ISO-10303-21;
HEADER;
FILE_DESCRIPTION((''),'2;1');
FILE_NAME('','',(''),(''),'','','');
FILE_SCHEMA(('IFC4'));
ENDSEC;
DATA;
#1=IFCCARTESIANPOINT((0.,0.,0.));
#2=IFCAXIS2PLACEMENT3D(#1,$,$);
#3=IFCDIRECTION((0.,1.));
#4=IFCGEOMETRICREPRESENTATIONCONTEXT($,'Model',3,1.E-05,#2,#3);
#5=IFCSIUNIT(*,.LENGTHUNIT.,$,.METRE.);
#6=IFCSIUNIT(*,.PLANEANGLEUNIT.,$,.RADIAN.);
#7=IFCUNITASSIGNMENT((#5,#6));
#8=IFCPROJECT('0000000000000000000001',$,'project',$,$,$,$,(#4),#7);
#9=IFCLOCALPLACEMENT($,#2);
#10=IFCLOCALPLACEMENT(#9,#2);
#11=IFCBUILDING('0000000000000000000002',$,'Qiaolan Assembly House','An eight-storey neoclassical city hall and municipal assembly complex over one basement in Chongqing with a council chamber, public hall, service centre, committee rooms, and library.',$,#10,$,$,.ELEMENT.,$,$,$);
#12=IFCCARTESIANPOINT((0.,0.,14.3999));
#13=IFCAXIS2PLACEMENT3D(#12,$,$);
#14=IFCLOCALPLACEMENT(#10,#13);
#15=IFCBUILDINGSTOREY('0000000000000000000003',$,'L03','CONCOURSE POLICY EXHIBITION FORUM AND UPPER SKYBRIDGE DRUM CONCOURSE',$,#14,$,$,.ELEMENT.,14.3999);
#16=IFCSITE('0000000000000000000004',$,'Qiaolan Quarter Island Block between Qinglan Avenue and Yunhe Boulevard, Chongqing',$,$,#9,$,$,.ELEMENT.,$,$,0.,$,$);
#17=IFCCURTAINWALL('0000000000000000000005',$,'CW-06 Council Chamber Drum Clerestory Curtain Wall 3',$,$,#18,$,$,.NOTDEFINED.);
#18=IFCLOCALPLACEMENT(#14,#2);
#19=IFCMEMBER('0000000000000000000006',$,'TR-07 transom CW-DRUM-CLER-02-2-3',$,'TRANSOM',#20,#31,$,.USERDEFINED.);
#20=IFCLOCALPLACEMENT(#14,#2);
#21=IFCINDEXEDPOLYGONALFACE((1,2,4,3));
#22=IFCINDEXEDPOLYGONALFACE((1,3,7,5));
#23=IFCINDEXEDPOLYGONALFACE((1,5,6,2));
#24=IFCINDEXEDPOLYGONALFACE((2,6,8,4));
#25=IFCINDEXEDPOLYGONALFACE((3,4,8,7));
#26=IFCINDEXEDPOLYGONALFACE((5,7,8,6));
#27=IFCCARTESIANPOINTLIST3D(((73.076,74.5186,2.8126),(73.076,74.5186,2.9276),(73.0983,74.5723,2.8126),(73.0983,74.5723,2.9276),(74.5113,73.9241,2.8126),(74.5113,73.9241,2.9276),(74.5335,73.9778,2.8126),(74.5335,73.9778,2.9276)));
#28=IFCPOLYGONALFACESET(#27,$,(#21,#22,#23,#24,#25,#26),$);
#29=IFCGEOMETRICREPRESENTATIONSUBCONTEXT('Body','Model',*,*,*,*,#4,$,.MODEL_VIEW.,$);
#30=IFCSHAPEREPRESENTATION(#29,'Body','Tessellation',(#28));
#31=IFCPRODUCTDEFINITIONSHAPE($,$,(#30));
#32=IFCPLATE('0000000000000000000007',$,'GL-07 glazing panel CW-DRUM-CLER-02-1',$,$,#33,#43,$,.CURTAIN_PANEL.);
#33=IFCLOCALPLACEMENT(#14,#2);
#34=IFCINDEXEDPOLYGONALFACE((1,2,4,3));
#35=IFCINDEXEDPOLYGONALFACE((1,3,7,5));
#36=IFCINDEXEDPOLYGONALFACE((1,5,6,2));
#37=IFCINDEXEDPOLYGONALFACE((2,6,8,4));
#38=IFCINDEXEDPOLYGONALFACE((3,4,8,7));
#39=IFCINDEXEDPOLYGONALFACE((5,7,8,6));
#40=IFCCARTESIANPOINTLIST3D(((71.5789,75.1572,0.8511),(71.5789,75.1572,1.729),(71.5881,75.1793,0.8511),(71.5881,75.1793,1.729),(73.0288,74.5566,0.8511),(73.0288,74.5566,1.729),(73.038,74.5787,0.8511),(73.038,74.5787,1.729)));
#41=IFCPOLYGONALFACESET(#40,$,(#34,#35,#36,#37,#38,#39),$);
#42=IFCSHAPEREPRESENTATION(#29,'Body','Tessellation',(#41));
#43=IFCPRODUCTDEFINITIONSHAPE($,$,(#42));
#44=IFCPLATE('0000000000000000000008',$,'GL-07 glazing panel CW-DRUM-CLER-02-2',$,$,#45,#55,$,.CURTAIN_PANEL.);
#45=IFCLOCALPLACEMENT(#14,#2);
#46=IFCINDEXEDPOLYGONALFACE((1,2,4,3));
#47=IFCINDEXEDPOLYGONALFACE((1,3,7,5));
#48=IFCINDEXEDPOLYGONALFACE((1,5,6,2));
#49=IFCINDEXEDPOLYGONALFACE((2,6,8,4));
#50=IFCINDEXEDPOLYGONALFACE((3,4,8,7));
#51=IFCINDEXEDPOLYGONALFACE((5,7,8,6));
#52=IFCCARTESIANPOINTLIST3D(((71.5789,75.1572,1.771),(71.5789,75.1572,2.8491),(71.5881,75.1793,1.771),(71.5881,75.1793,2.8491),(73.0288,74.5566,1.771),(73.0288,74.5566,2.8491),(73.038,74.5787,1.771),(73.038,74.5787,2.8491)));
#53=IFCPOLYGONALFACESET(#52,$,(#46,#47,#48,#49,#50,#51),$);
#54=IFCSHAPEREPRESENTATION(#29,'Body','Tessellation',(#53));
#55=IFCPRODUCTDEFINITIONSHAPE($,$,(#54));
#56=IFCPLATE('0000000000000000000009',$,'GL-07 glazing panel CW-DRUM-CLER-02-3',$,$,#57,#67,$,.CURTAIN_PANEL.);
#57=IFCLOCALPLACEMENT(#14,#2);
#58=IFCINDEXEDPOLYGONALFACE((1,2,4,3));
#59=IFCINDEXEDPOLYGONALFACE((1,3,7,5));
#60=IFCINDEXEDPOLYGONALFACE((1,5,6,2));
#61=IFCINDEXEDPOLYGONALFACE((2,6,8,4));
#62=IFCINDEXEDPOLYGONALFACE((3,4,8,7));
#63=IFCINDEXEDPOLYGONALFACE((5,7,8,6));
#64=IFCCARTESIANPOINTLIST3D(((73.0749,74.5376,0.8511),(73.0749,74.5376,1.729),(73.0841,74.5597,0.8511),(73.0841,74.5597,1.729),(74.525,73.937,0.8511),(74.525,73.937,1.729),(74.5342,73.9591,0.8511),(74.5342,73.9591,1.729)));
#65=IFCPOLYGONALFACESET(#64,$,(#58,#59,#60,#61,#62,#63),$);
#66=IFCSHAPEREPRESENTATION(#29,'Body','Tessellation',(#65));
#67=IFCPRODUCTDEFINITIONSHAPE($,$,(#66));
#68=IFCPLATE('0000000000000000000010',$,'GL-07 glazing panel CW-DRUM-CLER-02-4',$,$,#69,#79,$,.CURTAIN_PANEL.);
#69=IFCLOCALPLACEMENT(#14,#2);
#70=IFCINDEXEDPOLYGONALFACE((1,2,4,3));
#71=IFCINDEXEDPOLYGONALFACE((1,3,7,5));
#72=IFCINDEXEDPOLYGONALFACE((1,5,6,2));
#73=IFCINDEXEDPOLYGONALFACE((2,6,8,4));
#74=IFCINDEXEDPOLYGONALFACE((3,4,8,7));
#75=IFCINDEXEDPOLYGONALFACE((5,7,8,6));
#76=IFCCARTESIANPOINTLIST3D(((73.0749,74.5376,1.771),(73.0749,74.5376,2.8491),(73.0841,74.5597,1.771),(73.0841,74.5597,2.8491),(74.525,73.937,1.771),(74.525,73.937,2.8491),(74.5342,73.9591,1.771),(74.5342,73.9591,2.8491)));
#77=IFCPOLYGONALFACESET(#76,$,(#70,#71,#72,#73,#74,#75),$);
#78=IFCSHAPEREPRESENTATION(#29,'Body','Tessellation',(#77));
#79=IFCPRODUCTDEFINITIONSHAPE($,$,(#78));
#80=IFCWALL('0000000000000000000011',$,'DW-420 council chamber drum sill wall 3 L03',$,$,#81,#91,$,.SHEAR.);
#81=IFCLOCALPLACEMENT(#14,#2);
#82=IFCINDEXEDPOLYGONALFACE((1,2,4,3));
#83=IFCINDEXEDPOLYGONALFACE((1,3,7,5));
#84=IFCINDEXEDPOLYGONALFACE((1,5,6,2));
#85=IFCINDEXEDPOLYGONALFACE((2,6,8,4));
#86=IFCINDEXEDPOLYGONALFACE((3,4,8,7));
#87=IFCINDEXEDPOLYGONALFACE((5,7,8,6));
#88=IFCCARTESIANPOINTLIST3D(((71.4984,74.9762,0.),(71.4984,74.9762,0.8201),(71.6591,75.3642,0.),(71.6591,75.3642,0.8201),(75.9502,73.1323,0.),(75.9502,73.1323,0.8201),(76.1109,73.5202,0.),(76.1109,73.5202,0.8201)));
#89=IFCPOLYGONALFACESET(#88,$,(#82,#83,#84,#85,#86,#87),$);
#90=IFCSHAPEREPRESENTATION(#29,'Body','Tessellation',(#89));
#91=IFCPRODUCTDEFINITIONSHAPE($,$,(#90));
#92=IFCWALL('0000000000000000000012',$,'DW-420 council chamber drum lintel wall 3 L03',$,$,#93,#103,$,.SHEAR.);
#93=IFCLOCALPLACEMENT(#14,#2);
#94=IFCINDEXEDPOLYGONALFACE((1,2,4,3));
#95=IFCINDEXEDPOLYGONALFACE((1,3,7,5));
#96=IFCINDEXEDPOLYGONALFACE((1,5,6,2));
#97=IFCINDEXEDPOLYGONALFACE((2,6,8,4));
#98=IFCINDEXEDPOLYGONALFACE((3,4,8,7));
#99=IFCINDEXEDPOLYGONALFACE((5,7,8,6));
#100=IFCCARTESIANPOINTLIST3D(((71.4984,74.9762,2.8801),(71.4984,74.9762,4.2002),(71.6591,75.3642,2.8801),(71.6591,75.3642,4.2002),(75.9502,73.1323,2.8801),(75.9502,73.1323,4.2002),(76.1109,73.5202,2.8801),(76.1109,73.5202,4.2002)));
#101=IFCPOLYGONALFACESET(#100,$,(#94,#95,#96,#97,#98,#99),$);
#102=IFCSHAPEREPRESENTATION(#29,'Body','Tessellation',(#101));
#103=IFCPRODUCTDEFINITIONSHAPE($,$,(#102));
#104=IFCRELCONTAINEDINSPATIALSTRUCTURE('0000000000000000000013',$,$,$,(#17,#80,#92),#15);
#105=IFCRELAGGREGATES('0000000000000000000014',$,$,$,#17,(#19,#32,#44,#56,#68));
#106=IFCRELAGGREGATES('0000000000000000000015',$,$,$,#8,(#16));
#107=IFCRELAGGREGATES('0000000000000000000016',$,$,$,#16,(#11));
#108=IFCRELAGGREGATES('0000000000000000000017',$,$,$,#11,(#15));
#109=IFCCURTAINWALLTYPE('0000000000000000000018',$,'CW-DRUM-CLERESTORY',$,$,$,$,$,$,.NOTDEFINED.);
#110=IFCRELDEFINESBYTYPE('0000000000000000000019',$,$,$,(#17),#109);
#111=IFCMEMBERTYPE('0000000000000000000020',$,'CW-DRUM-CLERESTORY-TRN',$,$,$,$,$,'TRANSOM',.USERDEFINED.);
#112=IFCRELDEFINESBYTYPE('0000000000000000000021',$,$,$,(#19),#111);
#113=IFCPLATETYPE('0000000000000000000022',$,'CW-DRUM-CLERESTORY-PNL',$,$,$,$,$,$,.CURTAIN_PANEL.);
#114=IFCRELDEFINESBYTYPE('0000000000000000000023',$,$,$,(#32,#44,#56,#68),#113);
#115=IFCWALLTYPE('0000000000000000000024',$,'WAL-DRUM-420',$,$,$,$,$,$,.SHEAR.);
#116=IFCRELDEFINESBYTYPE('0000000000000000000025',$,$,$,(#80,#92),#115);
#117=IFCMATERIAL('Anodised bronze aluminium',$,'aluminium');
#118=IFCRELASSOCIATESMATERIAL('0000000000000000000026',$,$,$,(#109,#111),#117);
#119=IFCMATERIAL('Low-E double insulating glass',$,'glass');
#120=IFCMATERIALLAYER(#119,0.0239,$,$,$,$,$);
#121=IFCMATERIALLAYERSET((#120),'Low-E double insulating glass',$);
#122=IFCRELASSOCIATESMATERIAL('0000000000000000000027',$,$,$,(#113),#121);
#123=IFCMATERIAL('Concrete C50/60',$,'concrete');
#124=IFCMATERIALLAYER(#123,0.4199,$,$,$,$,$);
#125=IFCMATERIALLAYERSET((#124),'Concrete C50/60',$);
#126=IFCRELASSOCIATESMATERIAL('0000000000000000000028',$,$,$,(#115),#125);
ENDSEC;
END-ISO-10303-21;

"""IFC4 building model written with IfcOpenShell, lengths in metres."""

from ifc_helpers import new_model, si_unit, direction, frame, frame_2d, origin, origin_2d, place, context, subcontext, project, spatial, rectangle, extrude, material, layer, layer_set, material_profile, profile_set, type_object, element, aggregate, save


model = new_model("IFC4")

# Units and contexts
model_context = context("Model", 3, precision=1e-05, world=origin(), true_north=direction((0.0, 1.0)))
body_context = subcontext(model_context, "Body", "Model", "MODEL_VIEW")
ifc_project = project(units=[si_unit("LENGTHUNIT", "METRE"), si_unit("PLANEANGLEUNIT", "RADIAN")], contexts=[model_context])

# Site, building, storey
site_placement = place(None, origin())
site = spatial("IfcSite", under=ifc_project, at=site_placement, Name="Qiaolan Quarter Island Block between Qinglan Avenue and Yunhe Boulevard, Chongqing", CompositionType="ELEMENT", RefElevation=0.0)
building_placement = place(site_placement, origin())
building = spatial("IfcBuilding", under=site, at=building_placement, Name="Qiaolan Assembly House", Description="An eight-storey neoclassical city hall and municipal assembly complex over one basement in Chongqing with a council chamber, public hall, service centre, committee rooms, and library.", CompositionType="ELEMENT")
storey_placement = place(building_placement, frame((0.0, 0.0, 14.3999)))
storey = spatial("IfcBuildingStorey", under=building, at=storey_placement, Name="L03", Description="CONCOURSE POLICY EXHIBITION FORUM AND UPPER SKYBRIDGE DRUM CONCOURSE", CompositionType="ELEMENT", Elevation=14.3999)

# Curtain wall
ifc_material_1 = material(Name="Anodised bronze aluminium", Category="aluminium")
curtain_wall_type = type_object("IfcCurtainWallType", Name="CW-DRUM-CLERESTORY", PredefinedType="NOTDEFINED", material=ifc_material_1)
curtain_wall_1_placement = place(storey_placement, origin())
curtain_wall_1 = element("IfcCurtainWall", 1, at=curtain_wall_1_placement, inside=storey, type_object=curtain_wall_type, Name="CW-06 Council Chamber Drum Clerestory Curtain Wall 3", PredefinedType="NOTDEFINED")

# Member
ifc_material_profile_1 = material_profile(ifc_material_1, rectangle(XDim=0.0581, YDim=0.115, at=origin_2d()), Name="TRN 58x115")
ifc_profile_set_1 = profile_set([ifc_material_profile_1], Name="Anodised bronze aluminium")
member_type_1 = type_object("IfcMemberType", Name="CW-DRUM-CLERESTORY-TRN", ElementType="TRANSOM", PredefinedType="USERDEFINED", material=ifc_profile_set_1)
member_1_placement = place(storey_placement, frame((73.0872, 74.5454, 2.8701), z_axis=(0.923889, -0.382662, 0.0), x_axis=(0.382662, 0.923889, 0.0)))
member_1 = element("IfcMember", 2, at=member_1_placement, type_object=member_type_1, Name="TR-07 transom CW-DRUM-CLER-02-2-3", ObjectType="TRANSOM", PredefinedType="USERDEFINED", context=body_context, shape_type="SweptSolid", body=[
    extrude(rectangle(XDim=0.0581, YDim=0.115, at=origin_2d()), origin(), (0.0, 0.0, 1.0), 1.5535),
])

# Plates
ifc_material_2 = material(Name="Low-E double insulating glass", Category="glass")
ifc_layer_1 = layer(ifc_material_2, 0.0239)
ifc_layer_set_1 = layer_set([ifc_layer_1], Name="Low-E double insulating glass")
plate_type = type_object("IfcPlateType", Name="CW-DRUM-CLERESTORY-PNL", PredefinedType="CURTAIN_PANEL", material=ifc_layer_set_1)
plate_1_placement = place(storey_placement, frame((71.5835, 75.1682, 0.8511), z_axis=(0.0, 0.0, 1.0), x_axis=(0.92388, -0.382682, 0.0)))
plate_1 = element("IfcPlate", 3, at=plate_1_placement, type_object=plate_type, Name="GL-07 glazing panel CW-DRUM-CLER-02-1", PredefinedType="CURTAIN_PANEL", context=body_context, shape_type="SweptSolid", body=[
    extrude(rectangle(XDim=1.5693, YDim=0.0239, at=frame_2d((0.7847, 0.0))), origin(), (0.0, 0.0, 1.0), 0.8779),
])
plate_2_placement = place(storey_placement, frame((71.5835, 75.1682, 1.771), z_axis=(0.0, 0.0, 1.0), x_axis=(0.92388, -0.382682, 0.0)))
plate_2 = element("IfcPlate", 4, at=plate_2_placement, type_object=plate_type, Name="GL-07 glazing panel CW-DRUM-CLER-02-2", PredefinedType="CURTAIN_PANEL", context=body_context, shape_type="SweptSolid", body=[
    extrude(rectangle(XDim=1.5693, YDim=0.0239, at=frame_2d((0.7847, 0.0))), origin(), (0.0, 0.0, 1.0), 1.0781),
])
plate_3_placement = place(storey_placement, frame((73.0796, 74.5486, 0.8511), z_axis=(0.0, 0.0, 1.0), x_axis=(0.923903, -0.382627, 0.0)))
plate_3 = element("IfcPlate", 5, at=plate_3_placement, type_object=plate_type, Name="GL-07 glazing panel CW-DRUM-CLER-02-3", PredefinedType="CURTAIN_PANEL", context=body_context, shape_type="SweptSolid", body=[
    extrude(rectangle(XDim=1.5696, YDim=0.0239, at=frame_2d((0.7847, 0.0))), origin(), (0.0, 0.0, 1.0), 0.8779),
])
plate_4_placement = place(storey_placement, frame((73.0796, 74.5486, 1.771), z_axis=(0.0, 0.0, 1.0), x_axis=(0.923903, -0.382627, 0.0)))
plate_4 = element("IfcPlate", 6, at=plate_4_placement, type_object=plate_type, Name="GL-07 glazing panel CW-DRUM-CLER-02-4", PredefinedType="CURTAIN_PANEL", context=body_context, shape_type="SweptSolid", body=[
    extrude(rectangle(XDim=1.5696, YDim=0.0239, at=frame_2d((0.7847, 0.0))), origin(), (0.0, 0.0, 1.0), 1.0781),
])
aggregate(curtain_wall_1, [member_1, plate_1, plate_2, plate_3, plate_4])

# Walls
ifc_material_3 = material(Name="Concrete C50/60", Category="concrete")
ifc_layer_2 = layer(ifc_material_3, 0.4199)
ifc_layer_set_2 = layer_set([ifc_layer_2], Name="Concrete C50/60")
wall_type = type_object("IfcWallType", Name="WAL-DRUM-420", PredefinedType="SHEAR", material=ifc_layer_set_2)
wall_1_placement = place(storey_placement, frame((71.5789, 75.1702, 0.0), z_axis=(0.0, 0.0, 1.0), x_axis=(0.923883, -0.382675, 0.0)))
element("IfcWall", 7, at=wall_1_placement, inside=storey, type_object=wall_type, Name="DW-420 council chamber drum sill wall 3 L03", PredefinedType="SHEAR", context=body_context, shape_type="SweptSolid", body=[
    extrude(rectangle(XDim=4.8186, YDim=0.4199, at=frame_2d((2.4092, 0.0))), origin(), (0.0, 0.0, 1.0), 0.8201),
])
wall_2_placement = place(storey_placement, frame((71.5789, 75.1702, 2.8801), z_axis=(0.0, 0.0, 1.0), x_axis=(0.923883, -0.382675, 0.0)))
element("IfcWall", 8, at=wall_2_placement, inside=storey, type_object=wall_type, Name="DW-420 council chamber drum lintel wall 3 L03", PredefinedType="SHEAR", context=body_context, shape_type="SweptSolid", body=[
    extrude(rectangle(XDim=4.8186, YDim=0.4199, at=frame_2d((2.4092, 0.0))), origin(), (0.0, 0.0, 1.0), 1.3201),
])

save(model, "model.ifc")
